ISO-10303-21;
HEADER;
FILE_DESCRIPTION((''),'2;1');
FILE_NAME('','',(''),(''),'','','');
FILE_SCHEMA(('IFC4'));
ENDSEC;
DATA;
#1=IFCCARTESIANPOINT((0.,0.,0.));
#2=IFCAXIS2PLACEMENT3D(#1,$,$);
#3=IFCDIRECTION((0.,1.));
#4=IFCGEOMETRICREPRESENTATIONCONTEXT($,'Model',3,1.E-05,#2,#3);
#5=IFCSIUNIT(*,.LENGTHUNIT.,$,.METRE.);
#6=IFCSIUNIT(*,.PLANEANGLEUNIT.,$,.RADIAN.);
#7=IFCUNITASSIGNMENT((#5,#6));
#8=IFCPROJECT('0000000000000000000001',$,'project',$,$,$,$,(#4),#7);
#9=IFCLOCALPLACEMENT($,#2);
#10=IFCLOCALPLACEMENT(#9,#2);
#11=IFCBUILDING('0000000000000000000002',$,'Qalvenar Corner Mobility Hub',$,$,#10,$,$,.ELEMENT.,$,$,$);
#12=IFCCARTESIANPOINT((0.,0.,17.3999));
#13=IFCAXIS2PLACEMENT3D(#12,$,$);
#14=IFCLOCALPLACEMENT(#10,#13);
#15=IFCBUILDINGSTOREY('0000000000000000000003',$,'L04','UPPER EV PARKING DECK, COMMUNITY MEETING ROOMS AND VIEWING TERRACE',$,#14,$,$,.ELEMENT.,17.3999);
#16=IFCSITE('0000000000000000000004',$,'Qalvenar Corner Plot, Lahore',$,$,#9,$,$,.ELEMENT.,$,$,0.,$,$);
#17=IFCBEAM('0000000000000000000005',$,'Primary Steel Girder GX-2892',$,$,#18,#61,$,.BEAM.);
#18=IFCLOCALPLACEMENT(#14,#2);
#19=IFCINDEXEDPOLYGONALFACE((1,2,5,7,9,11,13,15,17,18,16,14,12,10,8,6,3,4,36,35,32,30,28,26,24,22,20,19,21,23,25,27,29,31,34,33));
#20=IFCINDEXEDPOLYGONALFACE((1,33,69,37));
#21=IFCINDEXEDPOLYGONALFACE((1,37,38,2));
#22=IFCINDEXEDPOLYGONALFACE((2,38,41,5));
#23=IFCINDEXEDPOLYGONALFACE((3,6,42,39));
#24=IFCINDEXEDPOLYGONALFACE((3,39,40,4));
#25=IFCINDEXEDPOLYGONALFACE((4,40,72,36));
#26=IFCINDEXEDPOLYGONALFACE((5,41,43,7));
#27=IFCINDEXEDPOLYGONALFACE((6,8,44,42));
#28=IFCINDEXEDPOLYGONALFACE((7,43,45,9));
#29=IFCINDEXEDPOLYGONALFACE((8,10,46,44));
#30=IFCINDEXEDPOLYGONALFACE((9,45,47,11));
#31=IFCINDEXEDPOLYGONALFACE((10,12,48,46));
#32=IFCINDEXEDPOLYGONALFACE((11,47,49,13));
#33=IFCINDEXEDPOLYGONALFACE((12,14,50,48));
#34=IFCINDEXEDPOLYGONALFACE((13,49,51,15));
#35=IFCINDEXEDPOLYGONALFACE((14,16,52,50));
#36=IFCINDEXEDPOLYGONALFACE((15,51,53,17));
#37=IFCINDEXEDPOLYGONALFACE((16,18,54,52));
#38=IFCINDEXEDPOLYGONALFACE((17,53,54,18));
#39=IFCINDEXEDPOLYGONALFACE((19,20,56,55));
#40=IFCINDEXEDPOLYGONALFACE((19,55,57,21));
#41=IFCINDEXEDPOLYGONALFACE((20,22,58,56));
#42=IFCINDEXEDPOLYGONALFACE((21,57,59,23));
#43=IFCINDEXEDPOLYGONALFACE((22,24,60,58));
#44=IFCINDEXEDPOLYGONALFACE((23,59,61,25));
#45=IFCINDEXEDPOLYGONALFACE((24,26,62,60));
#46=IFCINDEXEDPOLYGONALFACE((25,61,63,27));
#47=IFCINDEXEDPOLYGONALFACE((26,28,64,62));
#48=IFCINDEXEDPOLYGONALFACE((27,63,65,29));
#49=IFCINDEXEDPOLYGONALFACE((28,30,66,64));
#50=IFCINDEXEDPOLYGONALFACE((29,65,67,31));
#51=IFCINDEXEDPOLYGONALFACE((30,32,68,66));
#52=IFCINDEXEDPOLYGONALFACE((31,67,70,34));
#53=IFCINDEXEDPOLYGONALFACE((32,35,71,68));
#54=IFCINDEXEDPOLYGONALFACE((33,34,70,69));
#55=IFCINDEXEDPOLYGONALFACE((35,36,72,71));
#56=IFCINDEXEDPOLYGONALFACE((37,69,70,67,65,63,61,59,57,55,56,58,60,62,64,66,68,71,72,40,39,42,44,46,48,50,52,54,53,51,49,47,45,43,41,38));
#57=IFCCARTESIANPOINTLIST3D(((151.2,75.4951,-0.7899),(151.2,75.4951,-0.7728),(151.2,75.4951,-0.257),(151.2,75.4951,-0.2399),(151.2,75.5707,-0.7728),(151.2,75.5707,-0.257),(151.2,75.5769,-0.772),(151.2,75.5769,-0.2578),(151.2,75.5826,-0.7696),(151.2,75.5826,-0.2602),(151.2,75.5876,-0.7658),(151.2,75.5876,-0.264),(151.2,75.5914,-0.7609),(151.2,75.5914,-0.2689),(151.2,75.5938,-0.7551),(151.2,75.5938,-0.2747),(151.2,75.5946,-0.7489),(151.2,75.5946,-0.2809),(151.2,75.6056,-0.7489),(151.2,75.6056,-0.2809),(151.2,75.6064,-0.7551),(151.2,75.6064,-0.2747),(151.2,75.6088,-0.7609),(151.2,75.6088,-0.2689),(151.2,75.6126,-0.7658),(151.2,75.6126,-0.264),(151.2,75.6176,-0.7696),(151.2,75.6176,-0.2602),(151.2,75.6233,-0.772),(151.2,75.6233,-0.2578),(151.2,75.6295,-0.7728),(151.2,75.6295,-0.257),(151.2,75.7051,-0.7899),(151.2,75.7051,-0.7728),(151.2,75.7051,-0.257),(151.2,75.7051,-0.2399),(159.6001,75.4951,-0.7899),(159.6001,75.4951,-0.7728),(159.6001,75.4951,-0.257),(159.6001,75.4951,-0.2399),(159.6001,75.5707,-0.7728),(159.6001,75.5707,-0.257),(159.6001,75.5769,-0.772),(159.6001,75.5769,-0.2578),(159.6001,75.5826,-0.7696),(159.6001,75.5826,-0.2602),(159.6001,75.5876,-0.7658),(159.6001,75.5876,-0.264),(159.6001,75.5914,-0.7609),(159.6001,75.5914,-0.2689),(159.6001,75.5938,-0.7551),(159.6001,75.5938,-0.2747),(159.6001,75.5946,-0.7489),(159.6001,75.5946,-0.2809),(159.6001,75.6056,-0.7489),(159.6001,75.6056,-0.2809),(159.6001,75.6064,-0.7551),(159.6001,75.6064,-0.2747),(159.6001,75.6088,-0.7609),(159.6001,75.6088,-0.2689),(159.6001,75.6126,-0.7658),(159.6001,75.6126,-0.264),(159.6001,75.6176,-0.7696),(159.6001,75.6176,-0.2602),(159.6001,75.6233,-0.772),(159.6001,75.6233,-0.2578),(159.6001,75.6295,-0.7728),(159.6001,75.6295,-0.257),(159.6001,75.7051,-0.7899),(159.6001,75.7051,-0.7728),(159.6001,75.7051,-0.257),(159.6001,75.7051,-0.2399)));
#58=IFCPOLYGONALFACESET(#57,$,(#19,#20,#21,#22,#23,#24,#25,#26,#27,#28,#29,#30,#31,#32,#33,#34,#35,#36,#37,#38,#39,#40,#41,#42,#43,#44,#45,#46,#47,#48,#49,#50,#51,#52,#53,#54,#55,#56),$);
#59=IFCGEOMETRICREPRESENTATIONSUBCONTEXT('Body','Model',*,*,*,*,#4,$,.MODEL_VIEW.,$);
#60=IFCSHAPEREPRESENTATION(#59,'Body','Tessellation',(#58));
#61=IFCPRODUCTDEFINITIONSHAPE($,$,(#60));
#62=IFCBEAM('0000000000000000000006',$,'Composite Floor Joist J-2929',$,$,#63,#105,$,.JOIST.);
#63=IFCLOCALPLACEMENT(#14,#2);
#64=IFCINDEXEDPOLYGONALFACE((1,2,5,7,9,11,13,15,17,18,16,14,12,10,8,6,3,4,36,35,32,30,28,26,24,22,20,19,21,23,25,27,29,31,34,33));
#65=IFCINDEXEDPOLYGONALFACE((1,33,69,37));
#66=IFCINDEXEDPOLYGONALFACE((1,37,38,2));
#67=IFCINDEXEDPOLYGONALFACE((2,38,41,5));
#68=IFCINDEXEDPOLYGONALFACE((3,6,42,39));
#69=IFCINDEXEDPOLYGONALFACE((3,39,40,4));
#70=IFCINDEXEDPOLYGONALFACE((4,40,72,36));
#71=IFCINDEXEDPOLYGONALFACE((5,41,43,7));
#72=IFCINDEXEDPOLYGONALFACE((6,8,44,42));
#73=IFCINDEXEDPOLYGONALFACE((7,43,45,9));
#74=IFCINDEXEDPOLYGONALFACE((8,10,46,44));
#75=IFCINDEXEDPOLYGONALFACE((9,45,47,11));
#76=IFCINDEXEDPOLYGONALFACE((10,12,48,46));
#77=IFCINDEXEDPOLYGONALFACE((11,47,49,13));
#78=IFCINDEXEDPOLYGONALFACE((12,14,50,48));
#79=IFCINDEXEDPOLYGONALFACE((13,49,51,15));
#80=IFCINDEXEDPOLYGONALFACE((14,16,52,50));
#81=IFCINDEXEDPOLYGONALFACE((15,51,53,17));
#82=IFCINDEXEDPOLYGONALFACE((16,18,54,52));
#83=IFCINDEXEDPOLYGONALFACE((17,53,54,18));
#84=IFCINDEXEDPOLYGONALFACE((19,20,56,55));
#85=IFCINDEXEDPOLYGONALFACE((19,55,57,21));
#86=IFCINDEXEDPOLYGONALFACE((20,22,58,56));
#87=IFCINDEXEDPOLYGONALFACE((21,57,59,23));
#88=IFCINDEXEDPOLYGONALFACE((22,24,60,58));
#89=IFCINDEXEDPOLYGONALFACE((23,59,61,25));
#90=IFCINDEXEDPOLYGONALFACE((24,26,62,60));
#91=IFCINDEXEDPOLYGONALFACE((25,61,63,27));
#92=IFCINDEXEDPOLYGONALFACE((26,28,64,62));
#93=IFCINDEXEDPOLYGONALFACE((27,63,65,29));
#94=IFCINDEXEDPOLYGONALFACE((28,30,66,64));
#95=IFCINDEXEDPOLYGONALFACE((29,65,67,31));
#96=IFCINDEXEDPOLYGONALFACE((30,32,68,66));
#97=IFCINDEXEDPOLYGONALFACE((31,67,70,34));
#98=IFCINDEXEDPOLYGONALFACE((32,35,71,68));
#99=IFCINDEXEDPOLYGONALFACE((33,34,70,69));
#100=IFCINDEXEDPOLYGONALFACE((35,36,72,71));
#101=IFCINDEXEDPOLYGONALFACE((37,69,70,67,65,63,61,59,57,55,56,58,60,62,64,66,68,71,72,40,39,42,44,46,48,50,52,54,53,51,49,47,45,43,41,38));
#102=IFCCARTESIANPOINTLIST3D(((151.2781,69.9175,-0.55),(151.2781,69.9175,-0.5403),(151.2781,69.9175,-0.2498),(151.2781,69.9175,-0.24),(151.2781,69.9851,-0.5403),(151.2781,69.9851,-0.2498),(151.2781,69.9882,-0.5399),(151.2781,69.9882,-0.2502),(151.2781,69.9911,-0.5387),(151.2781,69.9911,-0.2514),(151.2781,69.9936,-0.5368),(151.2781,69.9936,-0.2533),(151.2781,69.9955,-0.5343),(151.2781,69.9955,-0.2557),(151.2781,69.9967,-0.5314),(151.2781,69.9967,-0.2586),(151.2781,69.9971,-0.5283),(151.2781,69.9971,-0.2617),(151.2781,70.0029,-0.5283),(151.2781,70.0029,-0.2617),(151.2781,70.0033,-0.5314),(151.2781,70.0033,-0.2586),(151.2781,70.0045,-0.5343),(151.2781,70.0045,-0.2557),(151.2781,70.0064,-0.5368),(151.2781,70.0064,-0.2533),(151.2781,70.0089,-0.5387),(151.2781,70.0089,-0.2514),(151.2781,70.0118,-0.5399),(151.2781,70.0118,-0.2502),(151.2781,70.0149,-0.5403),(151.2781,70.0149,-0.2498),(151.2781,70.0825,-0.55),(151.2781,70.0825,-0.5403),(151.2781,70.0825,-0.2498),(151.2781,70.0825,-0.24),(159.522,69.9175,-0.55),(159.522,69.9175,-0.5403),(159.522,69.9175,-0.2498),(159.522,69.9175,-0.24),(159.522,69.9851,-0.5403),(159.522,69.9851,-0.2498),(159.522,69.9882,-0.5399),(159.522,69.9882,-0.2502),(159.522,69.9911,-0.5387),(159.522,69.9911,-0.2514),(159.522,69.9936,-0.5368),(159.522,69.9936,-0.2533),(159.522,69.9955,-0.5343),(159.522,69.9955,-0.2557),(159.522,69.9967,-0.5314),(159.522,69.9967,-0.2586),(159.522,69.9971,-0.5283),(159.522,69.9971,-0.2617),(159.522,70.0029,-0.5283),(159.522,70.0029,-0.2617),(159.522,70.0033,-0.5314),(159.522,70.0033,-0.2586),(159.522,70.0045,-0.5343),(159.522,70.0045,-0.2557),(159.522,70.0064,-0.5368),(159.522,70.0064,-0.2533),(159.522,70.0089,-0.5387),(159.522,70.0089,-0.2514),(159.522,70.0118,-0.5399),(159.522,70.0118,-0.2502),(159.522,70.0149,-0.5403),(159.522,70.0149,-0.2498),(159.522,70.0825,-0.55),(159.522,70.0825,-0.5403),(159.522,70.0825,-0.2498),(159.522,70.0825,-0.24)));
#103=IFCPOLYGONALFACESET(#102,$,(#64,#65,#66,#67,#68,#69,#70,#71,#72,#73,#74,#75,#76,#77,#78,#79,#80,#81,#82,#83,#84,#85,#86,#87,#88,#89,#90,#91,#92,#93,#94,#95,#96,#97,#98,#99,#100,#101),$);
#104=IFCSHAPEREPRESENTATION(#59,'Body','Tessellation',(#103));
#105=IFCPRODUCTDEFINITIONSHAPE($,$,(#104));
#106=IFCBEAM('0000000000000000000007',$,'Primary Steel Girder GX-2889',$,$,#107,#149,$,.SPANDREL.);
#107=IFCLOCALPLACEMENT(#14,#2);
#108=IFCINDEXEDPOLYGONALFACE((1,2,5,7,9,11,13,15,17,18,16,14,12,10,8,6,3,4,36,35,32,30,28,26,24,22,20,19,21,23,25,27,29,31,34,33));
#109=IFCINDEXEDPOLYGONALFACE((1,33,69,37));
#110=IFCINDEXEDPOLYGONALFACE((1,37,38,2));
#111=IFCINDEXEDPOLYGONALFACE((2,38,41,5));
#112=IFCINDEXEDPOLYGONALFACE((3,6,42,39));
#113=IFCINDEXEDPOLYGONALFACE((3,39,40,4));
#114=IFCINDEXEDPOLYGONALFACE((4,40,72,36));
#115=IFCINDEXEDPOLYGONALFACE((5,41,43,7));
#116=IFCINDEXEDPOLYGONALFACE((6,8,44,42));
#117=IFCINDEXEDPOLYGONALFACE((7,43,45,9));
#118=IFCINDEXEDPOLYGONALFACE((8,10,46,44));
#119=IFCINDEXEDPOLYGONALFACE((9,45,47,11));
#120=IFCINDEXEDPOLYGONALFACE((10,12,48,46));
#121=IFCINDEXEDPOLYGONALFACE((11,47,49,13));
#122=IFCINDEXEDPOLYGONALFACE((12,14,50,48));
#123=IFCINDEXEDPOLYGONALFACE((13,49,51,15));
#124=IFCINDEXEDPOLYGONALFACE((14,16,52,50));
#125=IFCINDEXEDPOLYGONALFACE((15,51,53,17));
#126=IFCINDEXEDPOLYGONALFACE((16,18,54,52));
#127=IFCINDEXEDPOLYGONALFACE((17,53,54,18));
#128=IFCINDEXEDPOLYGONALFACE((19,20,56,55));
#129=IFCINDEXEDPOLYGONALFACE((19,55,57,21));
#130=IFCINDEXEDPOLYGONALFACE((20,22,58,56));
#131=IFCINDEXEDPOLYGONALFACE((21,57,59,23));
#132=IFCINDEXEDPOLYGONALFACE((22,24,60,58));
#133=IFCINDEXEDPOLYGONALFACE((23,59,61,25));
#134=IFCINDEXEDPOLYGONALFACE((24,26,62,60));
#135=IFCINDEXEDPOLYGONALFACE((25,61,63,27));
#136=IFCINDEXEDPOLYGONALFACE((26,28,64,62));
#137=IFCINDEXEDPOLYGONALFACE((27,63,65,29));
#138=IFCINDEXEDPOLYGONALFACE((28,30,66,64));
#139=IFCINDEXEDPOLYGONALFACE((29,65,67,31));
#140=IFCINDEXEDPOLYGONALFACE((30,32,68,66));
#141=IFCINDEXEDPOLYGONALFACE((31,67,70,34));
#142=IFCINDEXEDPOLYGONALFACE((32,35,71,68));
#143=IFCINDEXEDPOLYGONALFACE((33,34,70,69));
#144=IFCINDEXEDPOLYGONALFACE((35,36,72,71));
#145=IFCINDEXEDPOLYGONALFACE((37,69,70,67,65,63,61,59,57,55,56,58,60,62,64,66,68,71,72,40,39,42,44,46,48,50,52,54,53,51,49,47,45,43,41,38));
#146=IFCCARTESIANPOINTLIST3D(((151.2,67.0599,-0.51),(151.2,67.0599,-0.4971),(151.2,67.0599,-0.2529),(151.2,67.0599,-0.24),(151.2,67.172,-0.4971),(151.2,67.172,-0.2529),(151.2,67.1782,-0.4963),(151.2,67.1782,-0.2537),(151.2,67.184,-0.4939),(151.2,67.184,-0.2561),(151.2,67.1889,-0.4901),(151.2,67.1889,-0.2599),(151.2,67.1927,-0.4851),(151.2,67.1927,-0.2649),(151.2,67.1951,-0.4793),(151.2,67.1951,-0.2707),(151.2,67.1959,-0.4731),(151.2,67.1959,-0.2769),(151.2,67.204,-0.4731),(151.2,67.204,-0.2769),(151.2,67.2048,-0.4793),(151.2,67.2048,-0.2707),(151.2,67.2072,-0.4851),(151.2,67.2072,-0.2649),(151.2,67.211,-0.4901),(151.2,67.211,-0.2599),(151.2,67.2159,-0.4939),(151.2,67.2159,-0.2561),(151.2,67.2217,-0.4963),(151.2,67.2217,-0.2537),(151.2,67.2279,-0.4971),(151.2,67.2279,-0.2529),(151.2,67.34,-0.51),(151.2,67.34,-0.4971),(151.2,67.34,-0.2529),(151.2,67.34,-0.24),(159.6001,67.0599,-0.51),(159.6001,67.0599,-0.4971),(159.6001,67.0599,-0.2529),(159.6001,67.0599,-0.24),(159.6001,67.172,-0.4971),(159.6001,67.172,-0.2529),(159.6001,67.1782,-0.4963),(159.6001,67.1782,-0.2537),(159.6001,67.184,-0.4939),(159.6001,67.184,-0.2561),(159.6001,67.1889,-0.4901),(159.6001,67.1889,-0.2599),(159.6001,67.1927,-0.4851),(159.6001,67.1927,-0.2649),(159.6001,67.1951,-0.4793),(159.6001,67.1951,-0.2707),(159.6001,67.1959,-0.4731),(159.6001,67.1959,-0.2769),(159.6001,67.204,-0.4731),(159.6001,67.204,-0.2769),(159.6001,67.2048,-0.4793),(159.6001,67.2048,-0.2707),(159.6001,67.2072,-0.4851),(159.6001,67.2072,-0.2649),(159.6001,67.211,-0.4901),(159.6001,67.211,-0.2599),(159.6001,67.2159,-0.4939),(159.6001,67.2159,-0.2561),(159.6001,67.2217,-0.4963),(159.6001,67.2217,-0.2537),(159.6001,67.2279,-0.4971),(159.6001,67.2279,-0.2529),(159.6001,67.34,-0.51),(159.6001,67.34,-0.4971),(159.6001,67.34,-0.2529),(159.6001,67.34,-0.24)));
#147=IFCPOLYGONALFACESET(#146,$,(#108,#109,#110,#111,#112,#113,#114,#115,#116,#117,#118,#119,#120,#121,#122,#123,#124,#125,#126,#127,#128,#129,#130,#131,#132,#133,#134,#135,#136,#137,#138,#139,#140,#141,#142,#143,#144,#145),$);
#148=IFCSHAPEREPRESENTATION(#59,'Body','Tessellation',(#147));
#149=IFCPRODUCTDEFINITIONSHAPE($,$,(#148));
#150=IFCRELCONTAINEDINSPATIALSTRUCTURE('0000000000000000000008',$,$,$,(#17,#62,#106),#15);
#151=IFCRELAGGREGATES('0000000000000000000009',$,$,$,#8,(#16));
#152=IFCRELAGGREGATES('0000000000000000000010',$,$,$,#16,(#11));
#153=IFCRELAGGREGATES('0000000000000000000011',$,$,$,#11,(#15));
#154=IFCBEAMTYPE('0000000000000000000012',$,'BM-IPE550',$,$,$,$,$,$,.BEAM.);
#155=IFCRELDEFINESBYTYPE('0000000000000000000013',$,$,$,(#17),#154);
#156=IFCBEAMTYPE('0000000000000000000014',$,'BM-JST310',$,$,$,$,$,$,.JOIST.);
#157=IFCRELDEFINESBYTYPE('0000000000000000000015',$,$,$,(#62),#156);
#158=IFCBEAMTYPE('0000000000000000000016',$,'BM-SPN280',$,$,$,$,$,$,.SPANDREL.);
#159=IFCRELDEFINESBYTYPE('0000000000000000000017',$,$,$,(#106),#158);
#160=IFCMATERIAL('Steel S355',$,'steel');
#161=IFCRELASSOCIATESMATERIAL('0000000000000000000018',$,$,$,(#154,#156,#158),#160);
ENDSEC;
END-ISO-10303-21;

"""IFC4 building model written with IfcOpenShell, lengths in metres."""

from ifc_helpers import new_model, si_unit, direction, frame, origin, origin_2d, place, context, subcontext, project, spatial, i_section, extrude, material, material_profile, profile_set, type_object, element, save


model = new_model("IFC4")

# Units and contexts
model_context = context("Model", 3, precision=1e-05, world=origin(), true_north=direction((0.0, 1.0)))
body_context = subcontext(model_context, "Body", "Model", "MODEL_VIEW")
ifc_project = project(units=[si_unit("LENGTHUNIT", "METRE"), si_unit("PLANEANGLEUNIT", "RADIAN")], contexts=[model_context])

# Site, building, storey
site_placement = place(None, origin())
site = spatial("IfcSite", under=ifc_project, at=site_placement, Name="Qalvenar Corner Plot, Lahore", CompositionType="ELEMENT", RefElevation=0.0)
building_placement = place(site_placement, origin())
building = spatial("IfcBuilding", under=site, at=building_placement, Name="Qalvenar Corner Mobility Hub", CompositionType="ELEMENT")
storey_placement = place(building_placement, frame((0.0, 0.0, 17.3999)))
storey = spatial("IfcBuildingStorey", under=building, at=storey_placement, Name="L04", Description="UPPER EV PARKING DECK, COMMUNITY MEETING ROOMS AND VIEWING TERRACE", CompositionType="ELEMENT", Elevation=17.3999)

# Shared definitions
ifc_material_1 = material(Name="Steel S355", Category="steel")

# Beams
ifc_material_profile_1 = material_profile(ifc_material_1, i_section(OverallWidth=0.21, OverallDepth=0.55, WebThickness=0.011, FlangeThickness=0.0171, FilletRadius=0.0239, at=origin_2d()), Name="IPE550")
ifc_profile_set_1 = profile_set([ifc_material_profile_1], Name="Steel S355")
beam_type_1 = type_object("IfcBeamType", Name="BM-IPE550", PredefinedType="BEAM", material=ifc_profile_set_1)
beam_1_placement = place(storey_placement, frame((151.2, 75.6001, -0.5149), z_axis=(1.0, 0.0, 0.0), x_axis=(0.0, 1.0, 0.0)))
element("IfcBeam", 1, at=beam_1_placement, inside=storey, type_object=beam_type_1, Name="Primary Steel Girder GX-2892", PredefinedType="BEAM", context=body_context, shape_type="SweptSolid", body=[
    extrude(i_section(OverallWidth=0.21, OverallDepth=0.55, WebThickness=0.011, FlangeThickness=0.0171, FilletRadius=0.0239, at=origin_2d()), origin(), (0.0, 0.0, 1.0), 8.4001),
])
ifc_material_profile_2 = material_profile(ifc_material_1, i_section(OverallWidth=0.165, OverallDepth=0.3101, WebThickness=0.0059, FlangeThickness=0.0098, FilletRadius=0.012, at=origin_2d()), Name="W310x38.7")
ifc_profile_set_2 = profile_set([ifc_material_profile_2], Name="Steel S355")
beam_type_2 = type_object("IfcBeamType", Name="BM-JST310", PredefinedType="JOIST", material=ifc_profile_set_2)
beam_2_placement = place(storey_placement, frame((151.2781, 70.0, -0.395), z_axis=(1.0, 0.0, 0.0), x_axis=(0.0, 1.0, 0.0)))
element("IfcBeam", 2, at=beam_2_placement, inside=storey, type_object=beam_type_2, Name="Composite Floor Joist J-2929", PredefinedType="JOIST", context=body_context, shape_type="SweptSolid", body=[
    extrude(i_section(OverallWidth=0.165, OverallDepth=0.3101, WebThickness=0.0059, FlangeThickness=0.0098, FilletRadius=0.012, at=origin_2d()), origin(), (0.0, 0.0, 1.0), 8.2439),
])
ifc_material_profile_3 = material_profile(ifc_material_1, i_section(OverallWidth=0.28, OverallDepth=0.27, WebThickness=0.0081, FlangeThickness=0.0129, FilletRadius=0.0239, at=origin_2d()), Name="HEA280")
ifc_profile_set_3 = profile_set([ifc_material_profile_3], Name="Steel S355")
beam_type_3 = type_object("IfcBeamType", Name="BM-SPN280", PredefinedType="SPANDREL", material=ifc_profile_set_3)
beam_3_placement = place(storey_placement, frame((151.2, 67.2, -0.375), z_axis=(1.0, 0.0, 0.0), x_axis=(0.0, 1.0, 0.0)))
element("IfcBeam", 3, at=beam_3_placement, inside=storey, type_object=beam_type_3, Name="Primary Steel Girder GX-2889", PredefinedType="SPANDREL", context=body_context, shape_type="SweptSolid", body=[
    extrude(i_section(OverallWidth=0.28, OverallDepth=0.27, WebThickness=0.0081, FlangeThickness=0.0129, FilletRadius=0.0239, at=origin_2d()), origin(), (0.0, 0.0, 1.0), 8.4001),
])

save(model, "model.ifc")
